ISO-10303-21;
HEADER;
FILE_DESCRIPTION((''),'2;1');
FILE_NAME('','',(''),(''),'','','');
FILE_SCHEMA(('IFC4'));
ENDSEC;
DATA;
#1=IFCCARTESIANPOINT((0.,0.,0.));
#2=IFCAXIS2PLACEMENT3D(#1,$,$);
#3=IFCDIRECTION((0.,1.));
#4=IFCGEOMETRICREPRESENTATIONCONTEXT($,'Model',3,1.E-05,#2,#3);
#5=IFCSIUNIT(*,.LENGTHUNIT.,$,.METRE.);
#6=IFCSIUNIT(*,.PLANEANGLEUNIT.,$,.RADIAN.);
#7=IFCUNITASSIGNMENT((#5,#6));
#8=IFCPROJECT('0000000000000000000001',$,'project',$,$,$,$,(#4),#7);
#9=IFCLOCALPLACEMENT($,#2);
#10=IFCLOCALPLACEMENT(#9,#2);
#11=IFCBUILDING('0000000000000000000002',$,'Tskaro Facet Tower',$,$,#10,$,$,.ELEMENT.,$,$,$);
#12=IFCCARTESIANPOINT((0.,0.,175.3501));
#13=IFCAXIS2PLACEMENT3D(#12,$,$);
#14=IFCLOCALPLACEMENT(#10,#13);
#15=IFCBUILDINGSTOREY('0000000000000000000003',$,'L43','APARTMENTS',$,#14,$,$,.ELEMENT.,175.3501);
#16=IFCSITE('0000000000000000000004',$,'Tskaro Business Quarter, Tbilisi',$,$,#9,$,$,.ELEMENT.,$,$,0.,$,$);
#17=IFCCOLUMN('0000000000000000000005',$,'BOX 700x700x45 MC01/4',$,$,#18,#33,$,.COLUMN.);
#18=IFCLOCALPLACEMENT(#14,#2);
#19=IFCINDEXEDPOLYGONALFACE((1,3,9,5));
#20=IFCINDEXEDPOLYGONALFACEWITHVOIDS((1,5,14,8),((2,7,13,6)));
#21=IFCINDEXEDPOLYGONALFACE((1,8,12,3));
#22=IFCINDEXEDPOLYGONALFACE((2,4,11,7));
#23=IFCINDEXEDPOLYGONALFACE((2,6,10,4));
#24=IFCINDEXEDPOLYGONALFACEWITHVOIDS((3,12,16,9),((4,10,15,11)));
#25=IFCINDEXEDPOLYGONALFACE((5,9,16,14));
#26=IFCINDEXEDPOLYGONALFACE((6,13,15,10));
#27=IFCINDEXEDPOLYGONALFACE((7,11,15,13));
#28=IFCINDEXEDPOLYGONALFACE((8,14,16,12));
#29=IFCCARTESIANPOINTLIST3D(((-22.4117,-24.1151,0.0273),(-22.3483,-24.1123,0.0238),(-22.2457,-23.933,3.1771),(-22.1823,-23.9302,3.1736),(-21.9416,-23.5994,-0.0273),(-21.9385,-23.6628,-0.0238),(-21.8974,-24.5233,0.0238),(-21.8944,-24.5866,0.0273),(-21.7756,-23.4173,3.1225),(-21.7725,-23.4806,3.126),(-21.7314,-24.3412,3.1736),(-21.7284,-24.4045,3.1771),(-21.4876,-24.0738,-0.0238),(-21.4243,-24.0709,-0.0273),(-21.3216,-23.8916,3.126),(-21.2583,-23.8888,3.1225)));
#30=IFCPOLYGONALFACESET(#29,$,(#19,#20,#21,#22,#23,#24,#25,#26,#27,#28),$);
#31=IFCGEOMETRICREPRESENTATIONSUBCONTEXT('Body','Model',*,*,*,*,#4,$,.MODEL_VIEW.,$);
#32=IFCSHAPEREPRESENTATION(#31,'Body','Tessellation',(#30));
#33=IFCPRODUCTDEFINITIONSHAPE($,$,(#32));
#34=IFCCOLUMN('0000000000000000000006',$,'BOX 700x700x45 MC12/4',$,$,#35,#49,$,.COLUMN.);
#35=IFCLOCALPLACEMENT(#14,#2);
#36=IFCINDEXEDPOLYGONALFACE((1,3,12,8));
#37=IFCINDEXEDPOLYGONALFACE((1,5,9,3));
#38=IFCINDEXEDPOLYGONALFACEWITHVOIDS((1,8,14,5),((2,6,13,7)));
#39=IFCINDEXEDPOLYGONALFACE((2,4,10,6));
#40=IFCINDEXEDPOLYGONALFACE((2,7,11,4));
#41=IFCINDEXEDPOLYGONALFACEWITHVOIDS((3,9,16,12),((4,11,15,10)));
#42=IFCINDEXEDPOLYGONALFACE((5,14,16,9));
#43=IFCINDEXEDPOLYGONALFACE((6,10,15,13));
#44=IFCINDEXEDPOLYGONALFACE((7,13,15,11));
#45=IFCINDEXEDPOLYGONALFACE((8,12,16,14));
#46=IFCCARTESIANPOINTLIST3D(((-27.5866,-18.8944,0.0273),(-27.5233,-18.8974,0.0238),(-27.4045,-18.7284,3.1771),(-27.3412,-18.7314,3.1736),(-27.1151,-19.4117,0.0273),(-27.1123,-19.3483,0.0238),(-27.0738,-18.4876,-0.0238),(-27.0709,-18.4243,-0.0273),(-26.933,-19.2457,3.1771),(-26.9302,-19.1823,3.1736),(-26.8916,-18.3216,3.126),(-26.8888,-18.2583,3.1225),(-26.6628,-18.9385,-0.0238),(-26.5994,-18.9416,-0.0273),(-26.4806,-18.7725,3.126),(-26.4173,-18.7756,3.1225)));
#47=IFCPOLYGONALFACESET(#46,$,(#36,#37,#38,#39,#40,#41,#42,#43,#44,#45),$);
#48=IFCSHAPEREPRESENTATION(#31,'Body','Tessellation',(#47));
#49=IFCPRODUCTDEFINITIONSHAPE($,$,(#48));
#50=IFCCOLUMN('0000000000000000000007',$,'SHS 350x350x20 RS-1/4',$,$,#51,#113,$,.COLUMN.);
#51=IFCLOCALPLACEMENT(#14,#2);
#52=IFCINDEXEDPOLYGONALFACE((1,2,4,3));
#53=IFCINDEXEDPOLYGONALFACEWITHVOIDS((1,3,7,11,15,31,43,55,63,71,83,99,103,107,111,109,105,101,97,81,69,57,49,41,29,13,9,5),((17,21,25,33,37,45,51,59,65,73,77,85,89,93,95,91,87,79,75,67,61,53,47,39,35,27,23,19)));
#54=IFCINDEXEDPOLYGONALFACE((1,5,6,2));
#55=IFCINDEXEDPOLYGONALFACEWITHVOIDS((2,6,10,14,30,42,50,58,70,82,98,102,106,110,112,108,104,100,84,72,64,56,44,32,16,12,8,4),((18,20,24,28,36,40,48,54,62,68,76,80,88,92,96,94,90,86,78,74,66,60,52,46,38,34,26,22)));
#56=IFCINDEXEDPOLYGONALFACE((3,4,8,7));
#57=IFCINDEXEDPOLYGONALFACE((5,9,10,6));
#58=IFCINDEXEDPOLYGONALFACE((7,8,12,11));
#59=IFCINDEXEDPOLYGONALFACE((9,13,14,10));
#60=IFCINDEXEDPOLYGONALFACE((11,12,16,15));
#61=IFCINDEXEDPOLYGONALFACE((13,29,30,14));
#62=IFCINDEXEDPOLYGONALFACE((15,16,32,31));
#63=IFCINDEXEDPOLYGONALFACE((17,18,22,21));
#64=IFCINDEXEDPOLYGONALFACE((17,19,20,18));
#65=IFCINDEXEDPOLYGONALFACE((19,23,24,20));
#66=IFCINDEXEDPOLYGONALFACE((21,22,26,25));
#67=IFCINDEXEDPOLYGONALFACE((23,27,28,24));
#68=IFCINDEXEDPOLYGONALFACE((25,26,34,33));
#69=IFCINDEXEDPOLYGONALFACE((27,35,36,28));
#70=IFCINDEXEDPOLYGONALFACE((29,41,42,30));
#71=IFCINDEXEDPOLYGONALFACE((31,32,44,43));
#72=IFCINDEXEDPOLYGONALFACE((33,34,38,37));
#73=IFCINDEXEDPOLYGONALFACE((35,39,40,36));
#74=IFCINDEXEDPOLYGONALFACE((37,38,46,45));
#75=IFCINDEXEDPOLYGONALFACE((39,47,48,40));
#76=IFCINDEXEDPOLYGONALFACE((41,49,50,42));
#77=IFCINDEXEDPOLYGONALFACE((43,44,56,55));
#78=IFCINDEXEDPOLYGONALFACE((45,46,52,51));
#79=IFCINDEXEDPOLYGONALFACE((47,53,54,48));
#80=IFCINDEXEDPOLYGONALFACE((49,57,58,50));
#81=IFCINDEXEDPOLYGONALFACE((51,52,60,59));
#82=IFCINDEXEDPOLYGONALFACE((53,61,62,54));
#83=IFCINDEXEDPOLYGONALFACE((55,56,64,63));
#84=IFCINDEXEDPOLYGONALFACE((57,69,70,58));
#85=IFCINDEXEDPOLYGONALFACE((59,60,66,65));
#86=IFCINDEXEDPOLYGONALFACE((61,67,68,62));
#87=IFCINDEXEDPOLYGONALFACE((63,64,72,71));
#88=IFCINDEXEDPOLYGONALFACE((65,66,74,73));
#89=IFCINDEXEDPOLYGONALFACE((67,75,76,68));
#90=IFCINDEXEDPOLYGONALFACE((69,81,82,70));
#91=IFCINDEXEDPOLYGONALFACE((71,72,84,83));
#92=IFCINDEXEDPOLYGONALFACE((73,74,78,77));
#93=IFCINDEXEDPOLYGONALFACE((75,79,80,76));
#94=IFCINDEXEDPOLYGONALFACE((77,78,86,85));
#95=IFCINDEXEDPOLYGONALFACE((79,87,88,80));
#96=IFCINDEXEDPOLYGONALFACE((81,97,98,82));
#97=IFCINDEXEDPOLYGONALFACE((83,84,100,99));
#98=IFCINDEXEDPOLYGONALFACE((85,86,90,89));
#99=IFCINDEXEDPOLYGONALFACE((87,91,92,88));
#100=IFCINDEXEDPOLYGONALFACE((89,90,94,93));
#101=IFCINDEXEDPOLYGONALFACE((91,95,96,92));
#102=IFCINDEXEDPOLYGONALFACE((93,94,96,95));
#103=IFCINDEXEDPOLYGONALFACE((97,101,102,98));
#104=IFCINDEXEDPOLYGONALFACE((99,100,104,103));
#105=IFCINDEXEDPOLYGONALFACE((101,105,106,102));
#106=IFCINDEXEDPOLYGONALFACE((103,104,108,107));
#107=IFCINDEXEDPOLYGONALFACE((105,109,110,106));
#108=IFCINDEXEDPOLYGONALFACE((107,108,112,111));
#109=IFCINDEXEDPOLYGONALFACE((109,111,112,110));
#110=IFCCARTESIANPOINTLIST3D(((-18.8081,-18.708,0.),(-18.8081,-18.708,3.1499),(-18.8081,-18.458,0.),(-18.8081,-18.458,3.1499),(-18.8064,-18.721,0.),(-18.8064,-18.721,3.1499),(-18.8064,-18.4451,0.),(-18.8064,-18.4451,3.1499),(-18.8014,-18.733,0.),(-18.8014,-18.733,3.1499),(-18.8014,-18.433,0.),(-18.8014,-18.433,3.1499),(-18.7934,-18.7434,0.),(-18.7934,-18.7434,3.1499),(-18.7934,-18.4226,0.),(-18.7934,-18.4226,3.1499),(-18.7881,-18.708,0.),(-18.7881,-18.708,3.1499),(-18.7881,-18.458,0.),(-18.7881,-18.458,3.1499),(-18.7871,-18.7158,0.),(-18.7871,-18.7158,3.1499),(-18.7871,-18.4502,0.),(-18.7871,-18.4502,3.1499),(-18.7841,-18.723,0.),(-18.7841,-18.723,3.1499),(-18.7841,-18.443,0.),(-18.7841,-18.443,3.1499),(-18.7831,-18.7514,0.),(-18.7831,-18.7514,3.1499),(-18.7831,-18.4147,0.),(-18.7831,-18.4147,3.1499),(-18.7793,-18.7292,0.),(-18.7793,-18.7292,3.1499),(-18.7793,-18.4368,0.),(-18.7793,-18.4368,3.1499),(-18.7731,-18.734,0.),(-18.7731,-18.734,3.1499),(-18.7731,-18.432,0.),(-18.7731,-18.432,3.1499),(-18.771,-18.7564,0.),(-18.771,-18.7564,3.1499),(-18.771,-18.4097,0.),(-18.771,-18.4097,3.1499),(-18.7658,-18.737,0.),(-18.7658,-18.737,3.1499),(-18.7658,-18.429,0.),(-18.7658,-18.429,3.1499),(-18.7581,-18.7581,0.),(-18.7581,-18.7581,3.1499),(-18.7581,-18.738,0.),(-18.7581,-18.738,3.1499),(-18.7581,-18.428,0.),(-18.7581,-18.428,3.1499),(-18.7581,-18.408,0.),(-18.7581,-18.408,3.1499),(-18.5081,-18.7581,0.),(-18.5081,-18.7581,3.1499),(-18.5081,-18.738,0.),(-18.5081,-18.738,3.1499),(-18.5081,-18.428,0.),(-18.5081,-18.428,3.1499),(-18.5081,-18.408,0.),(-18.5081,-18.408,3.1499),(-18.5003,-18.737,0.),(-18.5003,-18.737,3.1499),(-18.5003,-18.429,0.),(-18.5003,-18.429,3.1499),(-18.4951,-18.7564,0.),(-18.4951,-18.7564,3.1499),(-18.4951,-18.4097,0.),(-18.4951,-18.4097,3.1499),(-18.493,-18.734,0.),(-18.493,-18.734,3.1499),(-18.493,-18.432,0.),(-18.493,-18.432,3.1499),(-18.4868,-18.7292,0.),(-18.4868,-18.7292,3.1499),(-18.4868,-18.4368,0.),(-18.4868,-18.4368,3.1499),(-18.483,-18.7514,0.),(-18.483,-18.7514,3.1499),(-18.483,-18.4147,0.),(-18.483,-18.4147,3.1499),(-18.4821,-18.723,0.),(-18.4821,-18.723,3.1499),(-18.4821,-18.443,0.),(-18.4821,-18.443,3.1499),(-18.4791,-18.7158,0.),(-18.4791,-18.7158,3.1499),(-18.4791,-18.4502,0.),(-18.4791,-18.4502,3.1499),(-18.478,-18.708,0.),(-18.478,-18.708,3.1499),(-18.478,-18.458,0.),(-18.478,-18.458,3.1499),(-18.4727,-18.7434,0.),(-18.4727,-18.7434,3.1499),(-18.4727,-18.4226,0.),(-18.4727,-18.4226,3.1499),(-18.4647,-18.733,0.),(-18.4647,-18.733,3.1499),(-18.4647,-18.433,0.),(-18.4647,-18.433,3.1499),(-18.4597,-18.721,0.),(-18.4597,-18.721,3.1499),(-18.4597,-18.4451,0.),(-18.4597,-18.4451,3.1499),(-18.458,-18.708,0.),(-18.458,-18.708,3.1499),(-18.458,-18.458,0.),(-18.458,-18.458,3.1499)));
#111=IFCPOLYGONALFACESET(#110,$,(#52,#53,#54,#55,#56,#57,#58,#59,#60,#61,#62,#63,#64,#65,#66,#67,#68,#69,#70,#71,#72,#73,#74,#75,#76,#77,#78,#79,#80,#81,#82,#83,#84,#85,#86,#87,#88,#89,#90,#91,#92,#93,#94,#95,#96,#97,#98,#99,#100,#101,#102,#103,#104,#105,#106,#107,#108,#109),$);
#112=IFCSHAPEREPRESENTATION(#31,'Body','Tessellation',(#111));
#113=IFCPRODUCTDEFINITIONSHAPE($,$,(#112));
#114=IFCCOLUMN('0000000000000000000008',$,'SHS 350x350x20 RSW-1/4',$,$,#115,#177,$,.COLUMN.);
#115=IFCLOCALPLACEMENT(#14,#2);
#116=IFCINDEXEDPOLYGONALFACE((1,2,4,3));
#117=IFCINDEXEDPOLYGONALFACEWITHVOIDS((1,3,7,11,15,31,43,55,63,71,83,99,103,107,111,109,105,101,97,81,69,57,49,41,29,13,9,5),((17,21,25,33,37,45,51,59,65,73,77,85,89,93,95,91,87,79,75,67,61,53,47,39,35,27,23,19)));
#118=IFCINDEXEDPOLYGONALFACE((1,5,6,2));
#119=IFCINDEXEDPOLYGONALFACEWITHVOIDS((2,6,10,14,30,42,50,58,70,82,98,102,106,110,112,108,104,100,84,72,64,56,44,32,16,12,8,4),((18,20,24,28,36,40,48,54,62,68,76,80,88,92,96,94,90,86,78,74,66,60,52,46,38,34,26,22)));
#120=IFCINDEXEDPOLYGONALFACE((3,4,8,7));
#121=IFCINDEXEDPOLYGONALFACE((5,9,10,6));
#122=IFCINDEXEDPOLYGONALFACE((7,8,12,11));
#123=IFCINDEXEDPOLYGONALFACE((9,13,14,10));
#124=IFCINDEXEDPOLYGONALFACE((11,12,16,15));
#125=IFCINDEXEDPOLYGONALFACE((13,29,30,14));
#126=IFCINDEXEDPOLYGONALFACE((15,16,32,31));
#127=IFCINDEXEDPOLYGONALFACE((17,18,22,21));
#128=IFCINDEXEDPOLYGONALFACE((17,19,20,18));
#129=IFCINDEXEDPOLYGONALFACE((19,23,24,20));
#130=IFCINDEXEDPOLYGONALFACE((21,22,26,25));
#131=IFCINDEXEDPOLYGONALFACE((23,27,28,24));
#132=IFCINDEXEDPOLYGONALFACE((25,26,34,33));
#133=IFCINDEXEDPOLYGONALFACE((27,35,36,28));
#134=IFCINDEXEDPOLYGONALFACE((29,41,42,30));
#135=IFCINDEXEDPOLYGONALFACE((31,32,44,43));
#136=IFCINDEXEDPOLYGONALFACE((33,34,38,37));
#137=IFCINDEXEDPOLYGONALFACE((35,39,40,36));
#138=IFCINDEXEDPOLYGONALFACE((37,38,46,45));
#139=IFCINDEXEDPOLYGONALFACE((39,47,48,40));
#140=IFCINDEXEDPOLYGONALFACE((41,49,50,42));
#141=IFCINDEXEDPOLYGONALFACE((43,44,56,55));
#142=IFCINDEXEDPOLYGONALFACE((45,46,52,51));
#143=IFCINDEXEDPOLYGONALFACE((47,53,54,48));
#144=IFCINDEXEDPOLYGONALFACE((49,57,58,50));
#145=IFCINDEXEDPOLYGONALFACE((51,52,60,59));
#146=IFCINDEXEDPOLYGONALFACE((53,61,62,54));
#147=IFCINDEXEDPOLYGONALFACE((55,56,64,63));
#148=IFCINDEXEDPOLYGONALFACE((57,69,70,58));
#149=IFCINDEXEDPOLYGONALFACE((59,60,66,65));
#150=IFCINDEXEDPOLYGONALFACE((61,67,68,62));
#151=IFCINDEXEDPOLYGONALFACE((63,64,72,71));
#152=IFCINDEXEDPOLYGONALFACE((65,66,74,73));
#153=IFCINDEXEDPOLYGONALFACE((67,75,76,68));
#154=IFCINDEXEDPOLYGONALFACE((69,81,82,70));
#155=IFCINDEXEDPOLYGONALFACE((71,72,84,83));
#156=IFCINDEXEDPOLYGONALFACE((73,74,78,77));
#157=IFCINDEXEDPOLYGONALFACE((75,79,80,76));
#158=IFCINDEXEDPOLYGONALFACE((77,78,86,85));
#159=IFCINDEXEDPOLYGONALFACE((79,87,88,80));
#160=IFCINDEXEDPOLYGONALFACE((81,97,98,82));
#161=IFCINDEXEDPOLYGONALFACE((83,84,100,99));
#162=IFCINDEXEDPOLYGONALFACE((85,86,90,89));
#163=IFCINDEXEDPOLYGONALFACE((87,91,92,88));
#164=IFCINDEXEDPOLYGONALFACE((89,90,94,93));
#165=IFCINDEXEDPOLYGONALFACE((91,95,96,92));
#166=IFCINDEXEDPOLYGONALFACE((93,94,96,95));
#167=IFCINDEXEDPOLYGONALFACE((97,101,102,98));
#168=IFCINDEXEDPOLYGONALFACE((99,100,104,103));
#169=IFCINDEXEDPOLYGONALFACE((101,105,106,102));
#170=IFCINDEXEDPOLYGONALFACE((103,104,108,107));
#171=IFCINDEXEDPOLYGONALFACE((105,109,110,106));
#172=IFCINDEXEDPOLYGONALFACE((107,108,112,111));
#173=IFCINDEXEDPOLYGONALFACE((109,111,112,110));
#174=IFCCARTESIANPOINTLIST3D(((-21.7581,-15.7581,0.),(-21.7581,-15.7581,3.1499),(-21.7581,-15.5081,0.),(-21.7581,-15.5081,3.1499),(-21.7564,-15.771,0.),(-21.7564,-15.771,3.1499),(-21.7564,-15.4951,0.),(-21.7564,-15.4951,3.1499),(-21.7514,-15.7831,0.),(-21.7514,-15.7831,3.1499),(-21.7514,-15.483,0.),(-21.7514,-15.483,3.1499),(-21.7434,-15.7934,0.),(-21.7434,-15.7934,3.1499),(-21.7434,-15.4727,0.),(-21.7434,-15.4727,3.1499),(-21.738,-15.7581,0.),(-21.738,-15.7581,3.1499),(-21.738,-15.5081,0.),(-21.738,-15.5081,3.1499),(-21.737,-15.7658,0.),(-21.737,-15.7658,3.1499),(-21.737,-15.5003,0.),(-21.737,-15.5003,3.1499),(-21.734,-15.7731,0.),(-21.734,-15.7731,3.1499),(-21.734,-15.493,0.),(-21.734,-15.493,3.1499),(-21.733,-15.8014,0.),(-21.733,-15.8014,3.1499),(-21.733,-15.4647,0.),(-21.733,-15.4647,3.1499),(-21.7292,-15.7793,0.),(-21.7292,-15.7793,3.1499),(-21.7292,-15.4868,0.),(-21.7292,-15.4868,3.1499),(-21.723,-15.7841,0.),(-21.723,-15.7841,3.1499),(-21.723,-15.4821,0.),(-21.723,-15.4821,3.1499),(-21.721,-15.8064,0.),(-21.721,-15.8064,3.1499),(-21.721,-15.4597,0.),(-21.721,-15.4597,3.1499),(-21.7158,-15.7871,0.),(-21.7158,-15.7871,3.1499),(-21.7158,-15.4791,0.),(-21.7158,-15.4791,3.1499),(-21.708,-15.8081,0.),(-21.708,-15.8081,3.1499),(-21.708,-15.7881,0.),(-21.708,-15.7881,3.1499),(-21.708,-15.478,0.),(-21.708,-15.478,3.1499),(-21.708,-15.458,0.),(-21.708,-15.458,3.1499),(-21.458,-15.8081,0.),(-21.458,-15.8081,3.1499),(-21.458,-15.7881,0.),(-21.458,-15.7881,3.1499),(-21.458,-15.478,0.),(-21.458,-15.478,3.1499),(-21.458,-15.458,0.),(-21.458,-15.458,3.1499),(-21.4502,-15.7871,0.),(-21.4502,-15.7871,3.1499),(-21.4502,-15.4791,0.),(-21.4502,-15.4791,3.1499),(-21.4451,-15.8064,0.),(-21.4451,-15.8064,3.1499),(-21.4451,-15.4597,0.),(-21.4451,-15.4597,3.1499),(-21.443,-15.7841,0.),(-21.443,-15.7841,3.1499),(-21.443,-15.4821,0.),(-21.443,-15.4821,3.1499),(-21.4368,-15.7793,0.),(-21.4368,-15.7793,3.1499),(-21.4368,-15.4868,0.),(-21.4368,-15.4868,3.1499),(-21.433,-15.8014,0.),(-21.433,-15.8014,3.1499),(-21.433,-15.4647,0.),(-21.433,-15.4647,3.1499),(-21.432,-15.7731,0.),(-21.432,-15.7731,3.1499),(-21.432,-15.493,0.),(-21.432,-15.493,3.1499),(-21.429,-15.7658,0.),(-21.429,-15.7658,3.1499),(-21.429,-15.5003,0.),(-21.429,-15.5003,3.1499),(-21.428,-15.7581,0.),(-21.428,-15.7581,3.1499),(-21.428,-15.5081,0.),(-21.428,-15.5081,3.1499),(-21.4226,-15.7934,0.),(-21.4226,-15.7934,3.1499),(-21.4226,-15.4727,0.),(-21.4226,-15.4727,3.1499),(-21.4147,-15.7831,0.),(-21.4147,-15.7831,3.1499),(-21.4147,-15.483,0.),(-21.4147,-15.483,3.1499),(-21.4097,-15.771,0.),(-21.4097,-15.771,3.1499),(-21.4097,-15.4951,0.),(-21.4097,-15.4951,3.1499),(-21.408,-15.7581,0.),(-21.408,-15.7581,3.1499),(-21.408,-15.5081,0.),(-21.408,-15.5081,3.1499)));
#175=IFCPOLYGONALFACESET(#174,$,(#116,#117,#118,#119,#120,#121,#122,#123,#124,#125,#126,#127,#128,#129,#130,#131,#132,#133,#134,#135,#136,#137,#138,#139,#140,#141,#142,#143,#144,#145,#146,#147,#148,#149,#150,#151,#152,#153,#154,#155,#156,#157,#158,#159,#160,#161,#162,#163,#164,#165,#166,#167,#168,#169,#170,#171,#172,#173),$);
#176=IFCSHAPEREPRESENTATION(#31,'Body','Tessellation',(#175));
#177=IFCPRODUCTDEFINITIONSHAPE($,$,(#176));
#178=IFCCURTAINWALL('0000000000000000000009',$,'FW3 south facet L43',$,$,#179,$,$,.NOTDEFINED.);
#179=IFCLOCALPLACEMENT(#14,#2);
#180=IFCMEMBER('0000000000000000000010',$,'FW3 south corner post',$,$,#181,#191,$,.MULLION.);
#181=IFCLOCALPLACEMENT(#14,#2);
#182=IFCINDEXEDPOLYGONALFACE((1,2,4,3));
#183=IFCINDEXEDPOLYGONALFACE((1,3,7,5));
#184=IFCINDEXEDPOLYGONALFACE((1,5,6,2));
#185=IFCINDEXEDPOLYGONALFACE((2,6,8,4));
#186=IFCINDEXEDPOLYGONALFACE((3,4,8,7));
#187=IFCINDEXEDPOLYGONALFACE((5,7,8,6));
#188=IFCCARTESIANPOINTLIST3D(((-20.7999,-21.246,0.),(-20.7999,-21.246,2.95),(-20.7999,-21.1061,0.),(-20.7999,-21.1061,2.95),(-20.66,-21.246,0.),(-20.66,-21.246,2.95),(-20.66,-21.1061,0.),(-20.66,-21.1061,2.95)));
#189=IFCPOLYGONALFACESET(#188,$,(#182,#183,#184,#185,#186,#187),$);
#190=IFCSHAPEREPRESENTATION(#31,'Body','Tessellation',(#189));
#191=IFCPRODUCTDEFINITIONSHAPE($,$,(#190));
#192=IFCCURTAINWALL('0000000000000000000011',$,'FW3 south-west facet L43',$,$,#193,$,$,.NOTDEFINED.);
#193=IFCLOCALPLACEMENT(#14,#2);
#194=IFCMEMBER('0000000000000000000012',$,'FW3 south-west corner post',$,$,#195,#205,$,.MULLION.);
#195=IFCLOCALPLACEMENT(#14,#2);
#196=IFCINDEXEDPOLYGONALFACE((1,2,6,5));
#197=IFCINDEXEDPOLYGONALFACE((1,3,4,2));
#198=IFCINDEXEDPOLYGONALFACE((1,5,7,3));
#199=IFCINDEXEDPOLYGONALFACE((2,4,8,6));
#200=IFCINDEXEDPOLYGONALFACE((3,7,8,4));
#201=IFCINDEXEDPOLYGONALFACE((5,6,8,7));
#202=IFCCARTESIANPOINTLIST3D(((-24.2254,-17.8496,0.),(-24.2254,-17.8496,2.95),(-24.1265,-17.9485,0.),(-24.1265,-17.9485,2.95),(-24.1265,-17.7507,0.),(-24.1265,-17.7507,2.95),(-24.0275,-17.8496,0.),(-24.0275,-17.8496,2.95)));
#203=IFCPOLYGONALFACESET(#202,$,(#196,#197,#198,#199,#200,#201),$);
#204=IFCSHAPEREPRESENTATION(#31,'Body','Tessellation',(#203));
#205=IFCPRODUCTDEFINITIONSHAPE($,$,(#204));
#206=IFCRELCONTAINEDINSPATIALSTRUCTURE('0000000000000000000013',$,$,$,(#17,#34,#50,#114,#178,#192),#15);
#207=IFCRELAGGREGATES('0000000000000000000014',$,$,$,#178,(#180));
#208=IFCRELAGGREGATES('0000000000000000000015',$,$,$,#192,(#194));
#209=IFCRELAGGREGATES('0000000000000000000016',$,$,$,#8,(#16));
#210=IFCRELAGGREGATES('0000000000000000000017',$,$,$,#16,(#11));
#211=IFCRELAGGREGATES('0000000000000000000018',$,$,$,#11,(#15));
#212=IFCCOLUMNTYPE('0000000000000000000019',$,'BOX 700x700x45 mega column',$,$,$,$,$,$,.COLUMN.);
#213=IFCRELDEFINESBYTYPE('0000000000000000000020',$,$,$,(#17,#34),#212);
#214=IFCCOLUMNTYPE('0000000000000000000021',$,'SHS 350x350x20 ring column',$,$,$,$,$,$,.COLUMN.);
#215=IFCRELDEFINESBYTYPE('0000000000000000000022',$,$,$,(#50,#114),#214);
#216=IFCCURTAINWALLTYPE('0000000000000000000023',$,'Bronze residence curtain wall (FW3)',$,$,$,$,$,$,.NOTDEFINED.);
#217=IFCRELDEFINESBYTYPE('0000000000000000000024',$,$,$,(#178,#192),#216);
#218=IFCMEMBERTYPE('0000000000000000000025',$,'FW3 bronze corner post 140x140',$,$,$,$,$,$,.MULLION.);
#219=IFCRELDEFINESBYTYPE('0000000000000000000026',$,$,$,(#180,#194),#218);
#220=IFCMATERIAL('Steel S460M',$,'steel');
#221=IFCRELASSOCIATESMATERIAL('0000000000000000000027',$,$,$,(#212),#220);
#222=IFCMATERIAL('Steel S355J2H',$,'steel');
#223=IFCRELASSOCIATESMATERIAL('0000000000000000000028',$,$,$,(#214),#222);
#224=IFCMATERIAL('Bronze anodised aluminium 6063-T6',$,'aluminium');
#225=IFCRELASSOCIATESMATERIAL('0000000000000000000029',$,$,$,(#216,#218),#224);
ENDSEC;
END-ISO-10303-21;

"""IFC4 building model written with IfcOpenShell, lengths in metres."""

from ifc_helpers import new_model, si_unit, direction, frame, origin, origin_2d, place, context, subcontext, project, spatial, rectangle, hollow_rectangle, extrude, material, material_profile, profile_set, type_object, element, aggregate, save


model = new_model("IFC4")

# Units and contexts
model_context = context("Model", 3, precision=1e-05, world=origin(), true_north=direction((0.0, 1.0)))
body_context = subcontext(model_context, "Body", "Model", "MODEL_VIEW")
ifc_project = project(units=[si_unit("LENGTHUNIT", "METRE"), si_unit("PLANEANGLEUNIT", "RADIAN")], contexts=[model_context])

# Site, building, storey
site_placement = place(None, origin())
site = spatial("IfcSite", under=ifc_project, at=site_placement, Name="Tskaro Business Quarter, Tbilisi", CompositionType="ELEMENT", RefElevation=0.0)
building_placement = place(site_placement, origin())
building = spatial("IfcBuilding", under=site, at=building_placement, Name="Tskaro Facet Tower", CompositionType="ELEMENT")
storey_placement = place(building_placement, frame((0.0, 0.0, 175.3501)))
storey = spatial("IfcBuildingStorey", under=building, at=storey_placement, Name="L43", Description="APARTMENTS", CompositionType="ELEMENT", Elevation=175.3501)

# Columns
ifc_material_1 = material(Name="Steel S460M", Category="steel")
ifc_material_profile_1 = material_profile(ifc_material_1, hollow_rectangle(XDim=0.7, YDim=0.7, WallThickness=0.0449, at=origin_2d()), Name="BOX 700x700x45")
ifc_profile_set_1 = profile_set([ifc_material_profile_1], Name="Steel S460M")
column_type_1 = type_object("IfcColumnType", Name="BOX 700x700x45 mega column", PredefinedType="COLUMN", material=ifc_profile_set_1)
for number, where, z_axis, x_axis, name in (
    (1, (-21.918, -24.093, 0.0), (0.052544, 0.057644, 0.996953), (-0.739043, 0.673658, 0.0), "BOX 700x700x45 MC01/4"),
    (2, (-27.093, -18.918, 0.0), (0.057644, 0.052544, 0.996953), (-0.673658, 0.739043, 0.0), "BOX 700x700x45 MC12/4"),
):
    element("IfcColumn", number, at=place(storey_placement, frame(where, z_axis=z_axis, x_axis=x_axis)), inside=storey, type_object=column_type_1, Name=name, PredefinedType="COLUMN", context=body_context, shape_type="SweptSolid", body=[
        extrude(hollow_rectangle(XDim=0.7, YDim=0.7, WallThickness=0.0449, at=origin_2d()), origin(), (0.0, 0.0, 1.0), 3.1594),
    ])
ifc_material_2 = material(Name="Steel S355J2H", Category="steel")
ifc_material_profile_2 = material_profile(ifc_material_2, hollow_rectangle(XDim=0.3501, YDim=0.3501, WallThickness=0.02, InnerFilletRadius=0.03, OuterFilletRadius=0.05, at=origin_2d()), Name="SHS 350x350x20")
ifc_profile_set_2 = profile_set([ifc_material_profile_2], Name="Steel S355J2H")
column_type_2 = type_object("IfcColumnType", Name="SHS 350x350x20 ring column", PredefinedType="COLUMN", material=ifc_profile_set_2)
for number, where, z_axis, x_axis, name in (
    (3, (-18.6331, -18.583, 0.0), (0.0, 0.0, 1.0), (1.0, 0.0, 0.0), "SHS 350x350x20 RS-1/4"),
    (4, (-21.583, -15.6331, 0.0), (0.0, 0.0, 1.0), (1.0, 0.0, 0.0), "SHS 350x350x20 RSW-1/4"),
):
    element("IfcColumn", number, at=place(storey_placement, frame(where, z_axis=z_axis, x_axis=x_axis)), inside=storey, type_object=column_type_2, Name=name, PredefinedType="COLUMN", context=body_context, shape_type="SweptSolid", body=[
        extrude(hollow_rectangle(XDim=0.3501, YDim=0.3501, WallThickness=0.02, InnerFilletRadius=0.03, OuterFilletRadius=0.05, at=origin_2d()), origin(), (0.0, 0.0, 1.0), 3.1499),
    ])

# Curtain walls, members
ifc_material_3 = material(Name="Bronze anodised aluminium 6063-T6", Category="aluminium")
curtain_wall_type = type_object("IfcCurtainWallType", Name="Bronze residence curtain wall (FW3)", PredefinedType="NOTDEFINED", material=ifc_material_3)
curtain_wall_1_placement = place(storey_placement, origin())
curtain_wall_1 = element("IfcCurtainWall", 5, at=curtain_wall_1_placement, inside=storey, type_object=curtain_wall_type, Name="FW3 south facet L43", PredefinedType="NOTDEFINED")
ifc_material_profile_3 = material_profile(ifc_material_3, rectangle(XDim=0.1399, YDim=0.1399, at=origin_2d()), Name="Corner post 140x140")
ifc_profile_set_3 = profile_set([ifc_material_profile_3], Name="Bronze anodised aluminium 6063-T6")
member_type_1 = type_object("IfcMemberType", Name="FW3 bronze corner post 140x140", PredefinedType="MULLION", material=ifc_profile_set_3)
member_1_placement = place(storey_placement, frame((-20.73, -21.176, 0.0), z_axis=(0.0, 0.0, 1.0), x_axis=(1.0, 0.0, 0.0)))
member_1 = element("IfcMember", 6, at=member_1_placement, type_object=member_type_1, Name="FW3 south corner post", PredefinedType="MULLION", context=body_context, shape_type="SweptSolid", body=[
    extrude(rectangle(XDim=0.1399, YDim=0.1399, at=origin_2d()), origin(), (0.0, 0.0, 1.0), 2.95),
])
curtain_wall_2_placement = place(storey_placement, origin())
curtain_wall_2 = element("IfcCurtainWall", 7, at=curtain_wall_2_placement, inside=storey, type_object=curtain_wall_type, Name="FW3 south-west facet L43", PredefinedType="NOTDEFINED")
member_2_placement = place(storey_placement, frame((-24.1265, -17.8496, 0.0), z_axis=(0.0, 0.0, 1.0), x_axis=(0.707107, -0.707107, 0.0)))
member_2 = element("IfcMember", 8, at=member_2_placement, type_object=member_type_1, Name="FW3 south-west corner post", PredefinedType="MULLION", context=body_context, shape_type="SweptSolid", body=[
    extrude(rectangle(XDim=0.1399, YDim=0.1399, at=origin_2d()), origin(), (0.0, 0.0, 1.0), 2.95),
])

aggregate(curtain_wall_1, [member_1])

aggregate(curtain_wall_2, [member_2])

save(model, "model.ifc")
